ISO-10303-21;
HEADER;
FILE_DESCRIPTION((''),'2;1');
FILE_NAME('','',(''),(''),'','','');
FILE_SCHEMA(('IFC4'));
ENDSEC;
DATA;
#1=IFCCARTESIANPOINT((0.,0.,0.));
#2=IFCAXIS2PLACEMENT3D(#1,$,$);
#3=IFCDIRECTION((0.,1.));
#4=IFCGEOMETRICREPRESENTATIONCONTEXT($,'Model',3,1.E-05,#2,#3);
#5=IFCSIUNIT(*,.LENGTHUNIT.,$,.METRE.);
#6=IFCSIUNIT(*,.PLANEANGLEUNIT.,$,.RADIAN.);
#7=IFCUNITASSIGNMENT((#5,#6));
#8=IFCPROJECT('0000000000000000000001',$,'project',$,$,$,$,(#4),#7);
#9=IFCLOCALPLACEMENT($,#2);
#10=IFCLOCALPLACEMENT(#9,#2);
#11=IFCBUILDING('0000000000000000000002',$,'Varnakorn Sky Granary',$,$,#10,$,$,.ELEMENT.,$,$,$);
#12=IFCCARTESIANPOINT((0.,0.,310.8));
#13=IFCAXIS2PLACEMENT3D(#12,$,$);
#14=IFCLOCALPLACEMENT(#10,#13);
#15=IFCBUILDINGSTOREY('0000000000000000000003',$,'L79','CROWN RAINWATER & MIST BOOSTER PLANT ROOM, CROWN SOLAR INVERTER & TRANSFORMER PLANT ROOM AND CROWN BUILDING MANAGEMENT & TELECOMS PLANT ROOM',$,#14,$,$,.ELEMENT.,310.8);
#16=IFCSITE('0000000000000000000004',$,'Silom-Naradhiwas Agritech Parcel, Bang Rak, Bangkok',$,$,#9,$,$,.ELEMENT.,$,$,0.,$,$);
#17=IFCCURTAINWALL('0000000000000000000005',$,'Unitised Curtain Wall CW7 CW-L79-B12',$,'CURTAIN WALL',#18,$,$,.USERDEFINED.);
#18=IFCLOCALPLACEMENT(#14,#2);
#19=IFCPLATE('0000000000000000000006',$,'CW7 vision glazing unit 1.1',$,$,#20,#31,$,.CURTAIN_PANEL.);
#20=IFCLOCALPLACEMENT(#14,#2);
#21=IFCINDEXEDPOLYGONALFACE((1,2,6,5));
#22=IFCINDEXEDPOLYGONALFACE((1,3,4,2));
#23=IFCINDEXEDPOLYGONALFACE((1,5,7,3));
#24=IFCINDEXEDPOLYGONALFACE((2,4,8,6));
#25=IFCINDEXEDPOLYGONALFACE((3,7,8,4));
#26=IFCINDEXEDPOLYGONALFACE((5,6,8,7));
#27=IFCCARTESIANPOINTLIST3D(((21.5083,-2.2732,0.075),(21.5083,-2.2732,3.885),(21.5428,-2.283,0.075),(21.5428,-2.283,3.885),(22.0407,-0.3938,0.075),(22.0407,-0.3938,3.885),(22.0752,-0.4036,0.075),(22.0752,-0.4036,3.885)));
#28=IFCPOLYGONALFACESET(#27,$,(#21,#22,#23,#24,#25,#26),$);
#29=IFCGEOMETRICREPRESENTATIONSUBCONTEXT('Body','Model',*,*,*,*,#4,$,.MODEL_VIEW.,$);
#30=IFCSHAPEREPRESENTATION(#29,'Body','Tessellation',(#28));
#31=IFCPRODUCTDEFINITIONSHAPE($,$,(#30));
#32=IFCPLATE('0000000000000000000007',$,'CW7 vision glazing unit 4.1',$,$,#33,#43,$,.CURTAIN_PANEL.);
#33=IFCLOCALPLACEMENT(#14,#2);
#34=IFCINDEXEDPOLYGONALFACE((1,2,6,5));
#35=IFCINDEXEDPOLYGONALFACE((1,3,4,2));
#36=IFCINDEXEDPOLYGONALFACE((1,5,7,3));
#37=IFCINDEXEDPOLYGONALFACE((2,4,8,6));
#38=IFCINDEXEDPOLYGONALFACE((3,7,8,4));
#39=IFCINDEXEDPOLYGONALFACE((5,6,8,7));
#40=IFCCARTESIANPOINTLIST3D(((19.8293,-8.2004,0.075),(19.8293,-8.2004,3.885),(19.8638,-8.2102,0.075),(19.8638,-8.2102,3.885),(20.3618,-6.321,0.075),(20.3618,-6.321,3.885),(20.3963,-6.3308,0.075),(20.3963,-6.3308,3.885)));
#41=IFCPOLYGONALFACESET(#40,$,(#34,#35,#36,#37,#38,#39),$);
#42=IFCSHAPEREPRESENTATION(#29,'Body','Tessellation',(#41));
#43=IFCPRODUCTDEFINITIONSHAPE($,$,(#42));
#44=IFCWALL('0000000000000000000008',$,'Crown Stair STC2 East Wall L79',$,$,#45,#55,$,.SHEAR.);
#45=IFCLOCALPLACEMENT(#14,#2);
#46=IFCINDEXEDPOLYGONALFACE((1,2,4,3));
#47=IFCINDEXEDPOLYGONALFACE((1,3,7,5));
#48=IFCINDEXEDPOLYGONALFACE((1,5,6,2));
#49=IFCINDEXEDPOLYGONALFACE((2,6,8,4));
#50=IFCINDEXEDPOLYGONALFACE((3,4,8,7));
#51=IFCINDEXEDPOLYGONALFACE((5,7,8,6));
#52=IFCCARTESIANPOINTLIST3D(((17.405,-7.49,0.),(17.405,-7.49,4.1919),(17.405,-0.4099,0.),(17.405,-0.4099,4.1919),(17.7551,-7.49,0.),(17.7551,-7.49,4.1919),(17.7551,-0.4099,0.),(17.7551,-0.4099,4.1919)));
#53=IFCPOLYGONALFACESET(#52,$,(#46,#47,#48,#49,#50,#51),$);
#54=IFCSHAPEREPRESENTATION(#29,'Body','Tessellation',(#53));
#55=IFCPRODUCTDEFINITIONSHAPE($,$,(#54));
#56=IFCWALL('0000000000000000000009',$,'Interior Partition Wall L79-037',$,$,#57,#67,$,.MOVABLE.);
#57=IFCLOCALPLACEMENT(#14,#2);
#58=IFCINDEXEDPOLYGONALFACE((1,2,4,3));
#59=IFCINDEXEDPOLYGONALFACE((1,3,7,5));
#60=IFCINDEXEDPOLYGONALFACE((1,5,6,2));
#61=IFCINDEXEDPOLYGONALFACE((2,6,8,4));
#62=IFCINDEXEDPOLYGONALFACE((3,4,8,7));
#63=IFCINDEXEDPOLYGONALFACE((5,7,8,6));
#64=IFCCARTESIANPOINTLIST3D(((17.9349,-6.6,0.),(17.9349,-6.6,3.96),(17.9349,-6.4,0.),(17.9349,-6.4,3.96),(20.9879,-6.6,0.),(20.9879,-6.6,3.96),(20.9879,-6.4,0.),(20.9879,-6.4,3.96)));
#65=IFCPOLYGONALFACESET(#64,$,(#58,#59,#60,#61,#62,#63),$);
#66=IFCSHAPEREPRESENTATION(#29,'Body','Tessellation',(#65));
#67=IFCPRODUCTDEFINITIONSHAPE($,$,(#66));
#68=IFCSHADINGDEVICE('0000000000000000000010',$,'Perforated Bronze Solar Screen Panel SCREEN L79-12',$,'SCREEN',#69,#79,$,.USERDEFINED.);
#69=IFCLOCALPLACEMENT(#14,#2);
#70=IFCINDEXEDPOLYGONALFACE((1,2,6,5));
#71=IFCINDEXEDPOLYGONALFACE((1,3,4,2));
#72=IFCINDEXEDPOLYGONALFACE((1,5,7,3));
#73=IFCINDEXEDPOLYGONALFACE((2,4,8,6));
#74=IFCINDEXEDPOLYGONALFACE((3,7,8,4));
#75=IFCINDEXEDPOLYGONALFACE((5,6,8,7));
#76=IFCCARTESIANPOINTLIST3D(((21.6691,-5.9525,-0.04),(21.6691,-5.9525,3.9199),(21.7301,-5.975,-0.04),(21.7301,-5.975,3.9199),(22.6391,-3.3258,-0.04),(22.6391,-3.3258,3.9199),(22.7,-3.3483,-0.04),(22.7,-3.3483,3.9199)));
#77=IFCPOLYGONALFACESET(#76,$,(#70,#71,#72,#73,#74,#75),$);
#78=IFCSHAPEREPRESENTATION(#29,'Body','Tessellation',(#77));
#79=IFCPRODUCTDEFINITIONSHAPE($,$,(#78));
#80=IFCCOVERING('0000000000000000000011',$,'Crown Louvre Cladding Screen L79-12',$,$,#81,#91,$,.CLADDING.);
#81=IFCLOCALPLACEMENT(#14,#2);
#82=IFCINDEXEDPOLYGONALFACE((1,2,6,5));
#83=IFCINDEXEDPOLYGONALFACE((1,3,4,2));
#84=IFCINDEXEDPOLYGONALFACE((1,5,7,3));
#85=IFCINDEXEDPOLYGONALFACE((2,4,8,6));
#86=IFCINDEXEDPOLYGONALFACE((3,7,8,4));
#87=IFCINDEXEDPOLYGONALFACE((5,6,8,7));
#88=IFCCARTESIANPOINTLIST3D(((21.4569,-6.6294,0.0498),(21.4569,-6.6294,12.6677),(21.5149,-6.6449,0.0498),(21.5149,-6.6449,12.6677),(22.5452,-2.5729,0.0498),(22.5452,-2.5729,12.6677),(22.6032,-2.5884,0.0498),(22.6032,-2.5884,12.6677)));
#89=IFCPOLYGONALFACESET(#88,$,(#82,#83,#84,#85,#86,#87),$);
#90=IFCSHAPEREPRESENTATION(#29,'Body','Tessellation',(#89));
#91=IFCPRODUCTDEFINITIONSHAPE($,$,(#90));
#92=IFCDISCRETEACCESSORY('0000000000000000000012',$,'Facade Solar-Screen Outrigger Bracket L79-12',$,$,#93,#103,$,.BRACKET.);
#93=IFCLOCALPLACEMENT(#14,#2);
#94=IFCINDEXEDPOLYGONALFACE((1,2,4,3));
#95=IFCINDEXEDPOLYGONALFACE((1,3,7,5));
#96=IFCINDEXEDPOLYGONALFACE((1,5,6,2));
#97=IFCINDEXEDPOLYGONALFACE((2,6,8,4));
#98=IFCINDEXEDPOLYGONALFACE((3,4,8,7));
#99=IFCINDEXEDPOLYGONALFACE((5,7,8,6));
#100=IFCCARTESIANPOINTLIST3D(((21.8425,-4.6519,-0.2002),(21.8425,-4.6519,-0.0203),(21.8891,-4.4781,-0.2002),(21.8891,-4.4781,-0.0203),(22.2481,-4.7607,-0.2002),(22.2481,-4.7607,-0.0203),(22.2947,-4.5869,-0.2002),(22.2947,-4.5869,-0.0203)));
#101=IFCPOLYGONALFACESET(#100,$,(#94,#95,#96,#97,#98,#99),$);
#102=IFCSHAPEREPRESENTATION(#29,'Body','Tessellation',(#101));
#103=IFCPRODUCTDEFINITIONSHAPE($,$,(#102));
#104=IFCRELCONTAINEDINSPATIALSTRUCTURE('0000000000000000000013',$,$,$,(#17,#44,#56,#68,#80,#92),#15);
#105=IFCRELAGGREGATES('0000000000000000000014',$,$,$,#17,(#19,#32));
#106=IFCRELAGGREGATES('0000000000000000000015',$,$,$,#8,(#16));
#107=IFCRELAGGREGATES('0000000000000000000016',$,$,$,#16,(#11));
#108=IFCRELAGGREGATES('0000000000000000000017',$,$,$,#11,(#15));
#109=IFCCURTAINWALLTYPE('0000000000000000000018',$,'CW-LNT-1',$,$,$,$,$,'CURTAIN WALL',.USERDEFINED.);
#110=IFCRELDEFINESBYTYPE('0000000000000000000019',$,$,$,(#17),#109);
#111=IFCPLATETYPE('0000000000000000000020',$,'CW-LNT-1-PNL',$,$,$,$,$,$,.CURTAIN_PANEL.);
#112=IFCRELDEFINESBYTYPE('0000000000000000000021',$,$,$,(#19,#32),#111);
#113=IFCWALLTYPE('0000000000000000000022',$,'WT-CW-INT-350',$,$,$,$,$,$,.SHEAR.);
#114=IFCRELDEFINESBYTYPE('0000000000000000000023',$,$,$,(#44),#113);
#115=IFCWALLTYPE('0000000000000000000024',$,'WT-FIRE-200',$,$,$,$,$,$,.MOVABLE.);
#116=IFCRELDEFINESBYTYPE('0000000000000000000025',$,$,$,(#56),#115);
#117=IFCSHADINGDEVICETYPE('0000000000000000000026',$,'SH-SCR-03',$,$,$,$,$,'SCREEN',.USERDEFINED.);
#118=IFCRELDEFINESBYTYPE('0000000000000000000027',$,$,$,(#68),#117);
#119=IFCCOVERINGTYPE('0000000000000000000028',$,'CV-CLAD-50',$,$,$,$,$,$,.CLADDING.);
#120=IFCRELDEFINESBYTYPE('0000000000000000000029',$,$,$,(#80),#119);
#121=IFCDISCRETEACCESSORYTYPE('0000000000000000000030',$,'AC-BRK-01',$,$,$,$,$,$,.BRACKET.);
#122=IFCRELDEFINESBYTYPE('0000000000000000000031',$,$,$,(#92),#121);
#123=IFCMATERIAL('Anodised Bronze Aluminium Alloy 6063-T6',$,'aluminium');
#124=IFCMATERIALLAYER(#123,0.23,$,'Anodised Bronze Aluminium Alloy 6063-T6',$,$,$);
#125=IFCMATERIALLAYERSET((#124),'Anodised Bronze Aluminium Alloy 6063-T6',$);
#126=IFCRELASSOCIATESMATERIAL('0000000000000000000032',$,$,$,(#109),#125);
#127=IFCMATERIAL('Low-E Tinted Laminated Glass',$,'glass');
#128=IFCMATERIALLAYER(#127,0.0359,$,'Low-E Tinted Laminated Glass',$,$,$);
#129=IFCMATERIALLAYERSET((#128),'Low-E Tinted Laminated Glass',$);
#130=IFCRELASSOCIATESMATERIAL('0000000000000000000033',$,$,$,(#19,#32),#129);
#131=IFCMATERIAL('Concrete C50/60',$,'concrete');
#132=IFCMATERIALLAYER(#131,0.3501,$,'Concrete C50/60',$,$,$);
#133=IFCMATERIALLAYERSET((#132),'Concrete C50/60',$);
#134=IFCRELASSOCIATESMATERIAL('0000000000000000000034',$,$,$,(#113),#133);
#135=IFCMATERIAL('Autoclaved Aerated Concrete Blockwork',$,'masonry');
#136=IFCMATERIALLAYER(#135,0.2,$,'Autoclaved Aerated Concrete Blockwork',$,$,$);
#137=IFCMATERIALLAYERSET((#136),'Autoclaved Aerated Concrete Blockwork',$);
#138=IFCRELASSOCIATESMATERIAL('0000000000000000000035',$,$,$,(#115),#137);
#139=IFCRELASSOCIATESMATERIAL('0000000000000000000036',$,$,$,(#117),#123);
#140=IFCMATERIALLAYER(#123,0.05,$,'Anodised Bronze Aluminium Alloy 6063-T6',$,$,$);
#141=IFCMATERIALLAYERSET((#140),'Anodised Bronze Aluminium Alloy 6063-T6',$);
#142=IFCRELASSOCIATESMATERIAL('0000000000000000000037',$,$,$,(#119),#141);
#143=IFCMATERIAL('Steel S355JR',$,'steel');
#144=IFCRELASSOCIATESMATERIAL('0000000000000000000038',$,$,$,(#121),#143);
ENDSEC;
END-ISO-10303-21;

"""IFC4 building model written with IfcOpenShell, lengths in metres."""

from ifc_helpers import new_model, si_unit, direction, frame, frame_2d, origin, origin_2d, place, context, subcontext, project, spatial, rectangle, extrude, source, transform, mapped, material, layer, layer_set, type_object, type_shapes, element, aggregate, save


model = new_model("IFC4")

# Units and contexts
model_context = context("Model", 3, precision=1e-05, world=origin(), true_north=direction((0.0, 1.0)))
body_context = subcontext(model_context, "Body", "Model", "MODEL_VIEW")
ifc_project = project(units=[si_unit("LENGTHUNIT", "METRE"), si_unit("PLANEANGLEUNIT", "RADIAN")], contexts=[model_context])

# Site, building, storey
site_placement = place(None, origin())
site = spatial("IfcSite", under=ifc_project, at=site_placement, Name="Silom-Naradhiwas Agritech Parcel, Bang Rak, Bangkok", CompositionType="ELEMENT", RefElevation=0.0)
building_placement = place(site_placement, origin())
building = spatial("IfcBuilding", under=site, at=building_placement, Name="Varnakorn Sky Granary", CompositionType="ELEMENT")
storey_placement = place(building_placement, frame((0.0, 0.0, 310.8)))
storey = spatial("IfcBuildingStorey", under=building, at=storey_placement, Name="L79", Description="CROWN RAINWATER & MIST BOOSTER PLANT ROOM, CROWN SOLAR INVERTER & TRANSFORMER PLANT ROOM AND CROWN BUILDING MANAGEMENT & TELECOMS PLANT ROOM", CompositionType="ELEMENT", Elevation=310.8)

# Curtain wall
ifc_material_1 = material(Name="Anodised Bronze Aluminium Alloy 6063-T6", Category="aluminium")
ifc_layer_1 = layer(ifc_material_1, 0.23, Name="Anodised Bronze Aluminium Alloy 6063-T6")
ifc_layer_set_1 = layer_set([ifc_layer_1], Name="Anodised Bronze Aluminium Alloy 6063-T6")
curtain_wall_type = type_object("IfcCurtainWallType", Name="CW-LNT-1", ElementType="CURTAIN WALL", PredefinedType="USERDEFINED", material=ifc_layer_set_1)
curtain_wall_placement = place(storey_placement, origin())
curtain_wall = element("IfcCurtainWall", 1, at=curtain_wall_placement, inside=storey, type_object=curtain_wall_type, Name="Unitised Curtain Wall CW7 CW-L79-B12", ObjectType="CURTAIN WALL", PredefinedType="USERDEFINED")

# Plates
plate_type = type_object("IfcPlateType", Name="CW-LNT-1-PNL", PredefinedType="CURTAIN_PANEL")
ifc_material_2 = material(Name="Low-E Tinted Laminated Glass", Category="glass")
ifc_layer_2 = layer(ifc_material_2, 0.0359, Name="Low-E Tinted Laminated Glass")
ifc_layer_set_2 = layer_set([ifc_layer_2], Name="Low-E Tinted Laminated Glass")
shared_shape_1 = source(origin(), body_context, "Body", "SweptSolid", [
    extrude(rectangle(XDim=1.9534, YDim=0.0359, at=origin_2d()), origin(), (0.0, 0.0, 1.0), 3.8101),
])
plate_1_placement = place(storey_placement, frame((21.7917, -1.3384, 0.075), z_axis=(0.0, 0.0, 1.0), x_axis=(-0.272577, -0.962134, 0.0)))
plate_1 = element("IfcPlate", 2, at=plate_1_placement, type_object=plate_type, material=ifc_layer_set_2, Name="CW7 vision glazing unit 1.1", PredefinedType="CURTAIN_PANEL", context=body_context, shape_type="MappedRepresentation", body=[
    mapped(shared_shape_1, transform((0.0, 0.0, 0.0), x_axis=(1.0, 0.0, 0.0), y_axis=(0.0, 1.0, 0.0), z_axis=(0.0, 0.0, 1.0), scale=1.0)),
])
plate_2_placement = place(storey_placement, frame((20.1128, -7.2656, 0.075), z_axis=(0.0, 0.0, 1.0), x_axis=(-0.272577, -0.962134, 0.0)))
plate_2 = element("IfcPlate", 3, at=plate_2_placement, type_object=plate_type, material=ifc_layer_set_2, Name="CW7 vision glazing unit 4.1", PredefinedType="CURTAIN_PANEL", context=body_context, shape_type="MappedRepresentation", body=[
    mapped(shared_shape_1, transform((0.0, 0.0, 0.0), x_axis=(1.0, 0.0, 0.0), y_axis=(0.0, 1.0, 0.0), z_axis=(0.0, 0.0, 1.0), scale=1.0)),
])
aggregate(curtain_wall, [plate_1, plate_2])

# Walls
ifc_material_3 = material(Name="Concrete C50/60", Category="concrete")
ifc_layer_3 = layer(ifc_material_3, 0.3501, Name="Concrete C50/60")
ifc_layer_set_3 = layer_set([ifc_layer_3], Name="Concrete C50/60")
wall_type_1 = type_object("IfcWallType", Name="WT-CW-INT-350", PredefinedType="SHEAR", material=ifc_layer_set_3)
wall_1_placement = place(storey_placement, frame((17.5801, -7.49, 0.0), z_axis=(0.0, 0.0, 1.0), x_axis=(0.0, 1.0, 0.0)))
element("IfcWall", 4, at=wall_1_placement, inside=storey, type_object=wall_type_1, Name="Crown Stair STC2 East Wall L79", PredefinedType="SHEAR", context=body_context, shape_type="SweptSolid", body=[
    extrude(rectangle(XDim=7.0801, YDim=0.3501, at=frame_2d((3.54, 0.0))), origin(), (0.0, 0.0, 1.0), 4.1919),
])
ifc_material_4 = material(Name="Autoclaved Aerated Concrete Blockwork", Category="masonry")
ifc_layer_4 = layer(ifc_material_4, 0.2, Name="Autoclaved Aerated Concrete Blockwork")
ifc_layer_set_4 = layer_set([ifc_layer_4], Name="Autoclaved Aerated Concrete Blockwork")
wall_type_2 = type_object("IfcWallType", Name="WT-FIRE-200", PredefinedType="MOVABLE", material=ifc_layer_set_4)
wall_2_placement = place(storey_placement, frame((17.9351, -6.5, 0.0), z_axis=(0.0, 0.0, 1.0), x_axis=(1.0, 0.0, 0.0)))
element("IfcWall", 5, at=wall_2_placement, inside=storey, type_object=wall_type_2, Name="Interior Partition Wall L79-037", PredefinedType="MOVABLE", context=body_context, shape_type="SweptSolid", body=[
    extrude(rectangle(XDim=3.053, YDim=0.2, at=frame_2d((1.5264, 0.0))), origin(), (0.0, 0.0, 1.0), 3.96),
])

# Shading device
shading_device_type = type_object("IfcShadingDeviceType", Name="SH-SCR-03", ElementType="SCREEN", PredefinedType="USERDEFINED", material=ifc_material_1)
shared_shape_2 = source(origin(), body_context, "Body", "SweptSolid", [
    extrude(rectangle(XDim=2.8, YDim=0.0649, at=origin_2d()), origin(), (0.0, 0.0, 1.0), 3.96),
])
type_shapes(shading_device_type, [shared_shape_2])
shading_device_placement = place(storey_placement, frame((22.1846, -4.6504, -0.04), z_axis=(0.0, 0.0, 1.0), x_axis=(0.346406, 0.938085, 0.0)))
element("IfcShadingDevice", 6, at=shading_device_placement, inside=storey, type_object=shading_device_type, Name="Perforated Bronze Solar Screen Panel SCREEN L79-12", ObjectType="SCREEN", PredefinedType="USERDEFINED", context=body_context, shape_type="MappedRepresentation", body=[
    mapped(shared_shape_2, transform((0.0, 0.0, 0.0), x_axis=(1.0, 0.0, 0.0), y_axis=(0.0, 1.0, 0.0), z_axis=(0.0, 0.0, 1.0), scale=1.0)),
])

# Covering
ifc_layer_5 = layer(ifc_material_1, 0.05, Name="Anodised Bronze Aluminium Alloy 6063-T6")
ifc_layer_set_5 = layer_set([ifc_layer_5], Name="Anodised Bronze Aluminium Alloy 6063-T6")
covering_type = type_object("IfcCoveringType", Name="CV-CLAD-50", PredefinedType="CLADDING", material=ifc_layer_set_5)
shared_shape_3 = source(origin(), body_context, "Body", "SweptSolid", [
    extrude(rectangle(XDim=4.2, YDim=0.0601, at=origin_2d()), origin(), (0.0, 0.0, 1.0), 12.6179),
])
type_shapes(covering_type, [shared_shape_3])
covering_placement = place(storey_placement, frame((22.03, -4.6089, 0.0498), z_axis=(0.0, 0.0, 1.0), x_axis=(0.259116, 0.965846, 0.0)))
element("IfcCovering", 7, at=covering_placement, inside=storey, type_object=covering_type, Name="Crown Louvre Cladding Screen L79-12", PredefinedType="CLADDING", context=body_context, shape_type="MappedRepresentation", body=[
    mapped(shared_shape_3, transform((0.0, 0.0, 0.0), x_axis=(1.0, 0.0, 0.0), y_axis=(0.0, 1.0, 0.0), z_axis=(0.0, 0.0, 1.0), scale=1.0)),
])

# Discrete accessory
ifc_material_5 = material(Name="Steel S355JR", Category="steel")
discrete_accessory_type = type_object("IfcDiscreteAccessoryType", Name="AC-BRK-01", PredefinedType="BRACKET", material=ifc_material_5)
shared_shape_4 = source(origin(), body_context, "Body", "SweptSolid", [
    extrude(rectangle(XDim=0.1799, YDim=0.4199, at=origin_2d()), origin(), (0.0, 0.0, 1.0), 0.1799),
])
type_shapes(discrete_accessory_type, [shared_shape_4])
discrete_accessory_placement = place(storey_placement, frame((22.0686, -4.6194, -0.2002), z_axis=(0.0, 0.0, 1.0), x_axis=(0.259116, 0.965846, 0.0)))
element("IfcDiscreteAccessory", 8, at=discrete_accessory_placement, inside=storey, type_object=discrete_accessory_type, Name="Facade Solar-Screen Outrigger Bracket L79-12", PredefinedType="BRACKET", context=body_context, shape_type="MappedRepresentation", body=[
    mapped(shared_shape_4, transform((0.0, 0.0, 0.0), x_axis=(1.0, 0.0, 0.0), y_axis=(0.0, 1.0, 0.0), z_axis=(0.0, 0.0, 1.0), scale=1.0)),
])

save(model, "model.ifc")
